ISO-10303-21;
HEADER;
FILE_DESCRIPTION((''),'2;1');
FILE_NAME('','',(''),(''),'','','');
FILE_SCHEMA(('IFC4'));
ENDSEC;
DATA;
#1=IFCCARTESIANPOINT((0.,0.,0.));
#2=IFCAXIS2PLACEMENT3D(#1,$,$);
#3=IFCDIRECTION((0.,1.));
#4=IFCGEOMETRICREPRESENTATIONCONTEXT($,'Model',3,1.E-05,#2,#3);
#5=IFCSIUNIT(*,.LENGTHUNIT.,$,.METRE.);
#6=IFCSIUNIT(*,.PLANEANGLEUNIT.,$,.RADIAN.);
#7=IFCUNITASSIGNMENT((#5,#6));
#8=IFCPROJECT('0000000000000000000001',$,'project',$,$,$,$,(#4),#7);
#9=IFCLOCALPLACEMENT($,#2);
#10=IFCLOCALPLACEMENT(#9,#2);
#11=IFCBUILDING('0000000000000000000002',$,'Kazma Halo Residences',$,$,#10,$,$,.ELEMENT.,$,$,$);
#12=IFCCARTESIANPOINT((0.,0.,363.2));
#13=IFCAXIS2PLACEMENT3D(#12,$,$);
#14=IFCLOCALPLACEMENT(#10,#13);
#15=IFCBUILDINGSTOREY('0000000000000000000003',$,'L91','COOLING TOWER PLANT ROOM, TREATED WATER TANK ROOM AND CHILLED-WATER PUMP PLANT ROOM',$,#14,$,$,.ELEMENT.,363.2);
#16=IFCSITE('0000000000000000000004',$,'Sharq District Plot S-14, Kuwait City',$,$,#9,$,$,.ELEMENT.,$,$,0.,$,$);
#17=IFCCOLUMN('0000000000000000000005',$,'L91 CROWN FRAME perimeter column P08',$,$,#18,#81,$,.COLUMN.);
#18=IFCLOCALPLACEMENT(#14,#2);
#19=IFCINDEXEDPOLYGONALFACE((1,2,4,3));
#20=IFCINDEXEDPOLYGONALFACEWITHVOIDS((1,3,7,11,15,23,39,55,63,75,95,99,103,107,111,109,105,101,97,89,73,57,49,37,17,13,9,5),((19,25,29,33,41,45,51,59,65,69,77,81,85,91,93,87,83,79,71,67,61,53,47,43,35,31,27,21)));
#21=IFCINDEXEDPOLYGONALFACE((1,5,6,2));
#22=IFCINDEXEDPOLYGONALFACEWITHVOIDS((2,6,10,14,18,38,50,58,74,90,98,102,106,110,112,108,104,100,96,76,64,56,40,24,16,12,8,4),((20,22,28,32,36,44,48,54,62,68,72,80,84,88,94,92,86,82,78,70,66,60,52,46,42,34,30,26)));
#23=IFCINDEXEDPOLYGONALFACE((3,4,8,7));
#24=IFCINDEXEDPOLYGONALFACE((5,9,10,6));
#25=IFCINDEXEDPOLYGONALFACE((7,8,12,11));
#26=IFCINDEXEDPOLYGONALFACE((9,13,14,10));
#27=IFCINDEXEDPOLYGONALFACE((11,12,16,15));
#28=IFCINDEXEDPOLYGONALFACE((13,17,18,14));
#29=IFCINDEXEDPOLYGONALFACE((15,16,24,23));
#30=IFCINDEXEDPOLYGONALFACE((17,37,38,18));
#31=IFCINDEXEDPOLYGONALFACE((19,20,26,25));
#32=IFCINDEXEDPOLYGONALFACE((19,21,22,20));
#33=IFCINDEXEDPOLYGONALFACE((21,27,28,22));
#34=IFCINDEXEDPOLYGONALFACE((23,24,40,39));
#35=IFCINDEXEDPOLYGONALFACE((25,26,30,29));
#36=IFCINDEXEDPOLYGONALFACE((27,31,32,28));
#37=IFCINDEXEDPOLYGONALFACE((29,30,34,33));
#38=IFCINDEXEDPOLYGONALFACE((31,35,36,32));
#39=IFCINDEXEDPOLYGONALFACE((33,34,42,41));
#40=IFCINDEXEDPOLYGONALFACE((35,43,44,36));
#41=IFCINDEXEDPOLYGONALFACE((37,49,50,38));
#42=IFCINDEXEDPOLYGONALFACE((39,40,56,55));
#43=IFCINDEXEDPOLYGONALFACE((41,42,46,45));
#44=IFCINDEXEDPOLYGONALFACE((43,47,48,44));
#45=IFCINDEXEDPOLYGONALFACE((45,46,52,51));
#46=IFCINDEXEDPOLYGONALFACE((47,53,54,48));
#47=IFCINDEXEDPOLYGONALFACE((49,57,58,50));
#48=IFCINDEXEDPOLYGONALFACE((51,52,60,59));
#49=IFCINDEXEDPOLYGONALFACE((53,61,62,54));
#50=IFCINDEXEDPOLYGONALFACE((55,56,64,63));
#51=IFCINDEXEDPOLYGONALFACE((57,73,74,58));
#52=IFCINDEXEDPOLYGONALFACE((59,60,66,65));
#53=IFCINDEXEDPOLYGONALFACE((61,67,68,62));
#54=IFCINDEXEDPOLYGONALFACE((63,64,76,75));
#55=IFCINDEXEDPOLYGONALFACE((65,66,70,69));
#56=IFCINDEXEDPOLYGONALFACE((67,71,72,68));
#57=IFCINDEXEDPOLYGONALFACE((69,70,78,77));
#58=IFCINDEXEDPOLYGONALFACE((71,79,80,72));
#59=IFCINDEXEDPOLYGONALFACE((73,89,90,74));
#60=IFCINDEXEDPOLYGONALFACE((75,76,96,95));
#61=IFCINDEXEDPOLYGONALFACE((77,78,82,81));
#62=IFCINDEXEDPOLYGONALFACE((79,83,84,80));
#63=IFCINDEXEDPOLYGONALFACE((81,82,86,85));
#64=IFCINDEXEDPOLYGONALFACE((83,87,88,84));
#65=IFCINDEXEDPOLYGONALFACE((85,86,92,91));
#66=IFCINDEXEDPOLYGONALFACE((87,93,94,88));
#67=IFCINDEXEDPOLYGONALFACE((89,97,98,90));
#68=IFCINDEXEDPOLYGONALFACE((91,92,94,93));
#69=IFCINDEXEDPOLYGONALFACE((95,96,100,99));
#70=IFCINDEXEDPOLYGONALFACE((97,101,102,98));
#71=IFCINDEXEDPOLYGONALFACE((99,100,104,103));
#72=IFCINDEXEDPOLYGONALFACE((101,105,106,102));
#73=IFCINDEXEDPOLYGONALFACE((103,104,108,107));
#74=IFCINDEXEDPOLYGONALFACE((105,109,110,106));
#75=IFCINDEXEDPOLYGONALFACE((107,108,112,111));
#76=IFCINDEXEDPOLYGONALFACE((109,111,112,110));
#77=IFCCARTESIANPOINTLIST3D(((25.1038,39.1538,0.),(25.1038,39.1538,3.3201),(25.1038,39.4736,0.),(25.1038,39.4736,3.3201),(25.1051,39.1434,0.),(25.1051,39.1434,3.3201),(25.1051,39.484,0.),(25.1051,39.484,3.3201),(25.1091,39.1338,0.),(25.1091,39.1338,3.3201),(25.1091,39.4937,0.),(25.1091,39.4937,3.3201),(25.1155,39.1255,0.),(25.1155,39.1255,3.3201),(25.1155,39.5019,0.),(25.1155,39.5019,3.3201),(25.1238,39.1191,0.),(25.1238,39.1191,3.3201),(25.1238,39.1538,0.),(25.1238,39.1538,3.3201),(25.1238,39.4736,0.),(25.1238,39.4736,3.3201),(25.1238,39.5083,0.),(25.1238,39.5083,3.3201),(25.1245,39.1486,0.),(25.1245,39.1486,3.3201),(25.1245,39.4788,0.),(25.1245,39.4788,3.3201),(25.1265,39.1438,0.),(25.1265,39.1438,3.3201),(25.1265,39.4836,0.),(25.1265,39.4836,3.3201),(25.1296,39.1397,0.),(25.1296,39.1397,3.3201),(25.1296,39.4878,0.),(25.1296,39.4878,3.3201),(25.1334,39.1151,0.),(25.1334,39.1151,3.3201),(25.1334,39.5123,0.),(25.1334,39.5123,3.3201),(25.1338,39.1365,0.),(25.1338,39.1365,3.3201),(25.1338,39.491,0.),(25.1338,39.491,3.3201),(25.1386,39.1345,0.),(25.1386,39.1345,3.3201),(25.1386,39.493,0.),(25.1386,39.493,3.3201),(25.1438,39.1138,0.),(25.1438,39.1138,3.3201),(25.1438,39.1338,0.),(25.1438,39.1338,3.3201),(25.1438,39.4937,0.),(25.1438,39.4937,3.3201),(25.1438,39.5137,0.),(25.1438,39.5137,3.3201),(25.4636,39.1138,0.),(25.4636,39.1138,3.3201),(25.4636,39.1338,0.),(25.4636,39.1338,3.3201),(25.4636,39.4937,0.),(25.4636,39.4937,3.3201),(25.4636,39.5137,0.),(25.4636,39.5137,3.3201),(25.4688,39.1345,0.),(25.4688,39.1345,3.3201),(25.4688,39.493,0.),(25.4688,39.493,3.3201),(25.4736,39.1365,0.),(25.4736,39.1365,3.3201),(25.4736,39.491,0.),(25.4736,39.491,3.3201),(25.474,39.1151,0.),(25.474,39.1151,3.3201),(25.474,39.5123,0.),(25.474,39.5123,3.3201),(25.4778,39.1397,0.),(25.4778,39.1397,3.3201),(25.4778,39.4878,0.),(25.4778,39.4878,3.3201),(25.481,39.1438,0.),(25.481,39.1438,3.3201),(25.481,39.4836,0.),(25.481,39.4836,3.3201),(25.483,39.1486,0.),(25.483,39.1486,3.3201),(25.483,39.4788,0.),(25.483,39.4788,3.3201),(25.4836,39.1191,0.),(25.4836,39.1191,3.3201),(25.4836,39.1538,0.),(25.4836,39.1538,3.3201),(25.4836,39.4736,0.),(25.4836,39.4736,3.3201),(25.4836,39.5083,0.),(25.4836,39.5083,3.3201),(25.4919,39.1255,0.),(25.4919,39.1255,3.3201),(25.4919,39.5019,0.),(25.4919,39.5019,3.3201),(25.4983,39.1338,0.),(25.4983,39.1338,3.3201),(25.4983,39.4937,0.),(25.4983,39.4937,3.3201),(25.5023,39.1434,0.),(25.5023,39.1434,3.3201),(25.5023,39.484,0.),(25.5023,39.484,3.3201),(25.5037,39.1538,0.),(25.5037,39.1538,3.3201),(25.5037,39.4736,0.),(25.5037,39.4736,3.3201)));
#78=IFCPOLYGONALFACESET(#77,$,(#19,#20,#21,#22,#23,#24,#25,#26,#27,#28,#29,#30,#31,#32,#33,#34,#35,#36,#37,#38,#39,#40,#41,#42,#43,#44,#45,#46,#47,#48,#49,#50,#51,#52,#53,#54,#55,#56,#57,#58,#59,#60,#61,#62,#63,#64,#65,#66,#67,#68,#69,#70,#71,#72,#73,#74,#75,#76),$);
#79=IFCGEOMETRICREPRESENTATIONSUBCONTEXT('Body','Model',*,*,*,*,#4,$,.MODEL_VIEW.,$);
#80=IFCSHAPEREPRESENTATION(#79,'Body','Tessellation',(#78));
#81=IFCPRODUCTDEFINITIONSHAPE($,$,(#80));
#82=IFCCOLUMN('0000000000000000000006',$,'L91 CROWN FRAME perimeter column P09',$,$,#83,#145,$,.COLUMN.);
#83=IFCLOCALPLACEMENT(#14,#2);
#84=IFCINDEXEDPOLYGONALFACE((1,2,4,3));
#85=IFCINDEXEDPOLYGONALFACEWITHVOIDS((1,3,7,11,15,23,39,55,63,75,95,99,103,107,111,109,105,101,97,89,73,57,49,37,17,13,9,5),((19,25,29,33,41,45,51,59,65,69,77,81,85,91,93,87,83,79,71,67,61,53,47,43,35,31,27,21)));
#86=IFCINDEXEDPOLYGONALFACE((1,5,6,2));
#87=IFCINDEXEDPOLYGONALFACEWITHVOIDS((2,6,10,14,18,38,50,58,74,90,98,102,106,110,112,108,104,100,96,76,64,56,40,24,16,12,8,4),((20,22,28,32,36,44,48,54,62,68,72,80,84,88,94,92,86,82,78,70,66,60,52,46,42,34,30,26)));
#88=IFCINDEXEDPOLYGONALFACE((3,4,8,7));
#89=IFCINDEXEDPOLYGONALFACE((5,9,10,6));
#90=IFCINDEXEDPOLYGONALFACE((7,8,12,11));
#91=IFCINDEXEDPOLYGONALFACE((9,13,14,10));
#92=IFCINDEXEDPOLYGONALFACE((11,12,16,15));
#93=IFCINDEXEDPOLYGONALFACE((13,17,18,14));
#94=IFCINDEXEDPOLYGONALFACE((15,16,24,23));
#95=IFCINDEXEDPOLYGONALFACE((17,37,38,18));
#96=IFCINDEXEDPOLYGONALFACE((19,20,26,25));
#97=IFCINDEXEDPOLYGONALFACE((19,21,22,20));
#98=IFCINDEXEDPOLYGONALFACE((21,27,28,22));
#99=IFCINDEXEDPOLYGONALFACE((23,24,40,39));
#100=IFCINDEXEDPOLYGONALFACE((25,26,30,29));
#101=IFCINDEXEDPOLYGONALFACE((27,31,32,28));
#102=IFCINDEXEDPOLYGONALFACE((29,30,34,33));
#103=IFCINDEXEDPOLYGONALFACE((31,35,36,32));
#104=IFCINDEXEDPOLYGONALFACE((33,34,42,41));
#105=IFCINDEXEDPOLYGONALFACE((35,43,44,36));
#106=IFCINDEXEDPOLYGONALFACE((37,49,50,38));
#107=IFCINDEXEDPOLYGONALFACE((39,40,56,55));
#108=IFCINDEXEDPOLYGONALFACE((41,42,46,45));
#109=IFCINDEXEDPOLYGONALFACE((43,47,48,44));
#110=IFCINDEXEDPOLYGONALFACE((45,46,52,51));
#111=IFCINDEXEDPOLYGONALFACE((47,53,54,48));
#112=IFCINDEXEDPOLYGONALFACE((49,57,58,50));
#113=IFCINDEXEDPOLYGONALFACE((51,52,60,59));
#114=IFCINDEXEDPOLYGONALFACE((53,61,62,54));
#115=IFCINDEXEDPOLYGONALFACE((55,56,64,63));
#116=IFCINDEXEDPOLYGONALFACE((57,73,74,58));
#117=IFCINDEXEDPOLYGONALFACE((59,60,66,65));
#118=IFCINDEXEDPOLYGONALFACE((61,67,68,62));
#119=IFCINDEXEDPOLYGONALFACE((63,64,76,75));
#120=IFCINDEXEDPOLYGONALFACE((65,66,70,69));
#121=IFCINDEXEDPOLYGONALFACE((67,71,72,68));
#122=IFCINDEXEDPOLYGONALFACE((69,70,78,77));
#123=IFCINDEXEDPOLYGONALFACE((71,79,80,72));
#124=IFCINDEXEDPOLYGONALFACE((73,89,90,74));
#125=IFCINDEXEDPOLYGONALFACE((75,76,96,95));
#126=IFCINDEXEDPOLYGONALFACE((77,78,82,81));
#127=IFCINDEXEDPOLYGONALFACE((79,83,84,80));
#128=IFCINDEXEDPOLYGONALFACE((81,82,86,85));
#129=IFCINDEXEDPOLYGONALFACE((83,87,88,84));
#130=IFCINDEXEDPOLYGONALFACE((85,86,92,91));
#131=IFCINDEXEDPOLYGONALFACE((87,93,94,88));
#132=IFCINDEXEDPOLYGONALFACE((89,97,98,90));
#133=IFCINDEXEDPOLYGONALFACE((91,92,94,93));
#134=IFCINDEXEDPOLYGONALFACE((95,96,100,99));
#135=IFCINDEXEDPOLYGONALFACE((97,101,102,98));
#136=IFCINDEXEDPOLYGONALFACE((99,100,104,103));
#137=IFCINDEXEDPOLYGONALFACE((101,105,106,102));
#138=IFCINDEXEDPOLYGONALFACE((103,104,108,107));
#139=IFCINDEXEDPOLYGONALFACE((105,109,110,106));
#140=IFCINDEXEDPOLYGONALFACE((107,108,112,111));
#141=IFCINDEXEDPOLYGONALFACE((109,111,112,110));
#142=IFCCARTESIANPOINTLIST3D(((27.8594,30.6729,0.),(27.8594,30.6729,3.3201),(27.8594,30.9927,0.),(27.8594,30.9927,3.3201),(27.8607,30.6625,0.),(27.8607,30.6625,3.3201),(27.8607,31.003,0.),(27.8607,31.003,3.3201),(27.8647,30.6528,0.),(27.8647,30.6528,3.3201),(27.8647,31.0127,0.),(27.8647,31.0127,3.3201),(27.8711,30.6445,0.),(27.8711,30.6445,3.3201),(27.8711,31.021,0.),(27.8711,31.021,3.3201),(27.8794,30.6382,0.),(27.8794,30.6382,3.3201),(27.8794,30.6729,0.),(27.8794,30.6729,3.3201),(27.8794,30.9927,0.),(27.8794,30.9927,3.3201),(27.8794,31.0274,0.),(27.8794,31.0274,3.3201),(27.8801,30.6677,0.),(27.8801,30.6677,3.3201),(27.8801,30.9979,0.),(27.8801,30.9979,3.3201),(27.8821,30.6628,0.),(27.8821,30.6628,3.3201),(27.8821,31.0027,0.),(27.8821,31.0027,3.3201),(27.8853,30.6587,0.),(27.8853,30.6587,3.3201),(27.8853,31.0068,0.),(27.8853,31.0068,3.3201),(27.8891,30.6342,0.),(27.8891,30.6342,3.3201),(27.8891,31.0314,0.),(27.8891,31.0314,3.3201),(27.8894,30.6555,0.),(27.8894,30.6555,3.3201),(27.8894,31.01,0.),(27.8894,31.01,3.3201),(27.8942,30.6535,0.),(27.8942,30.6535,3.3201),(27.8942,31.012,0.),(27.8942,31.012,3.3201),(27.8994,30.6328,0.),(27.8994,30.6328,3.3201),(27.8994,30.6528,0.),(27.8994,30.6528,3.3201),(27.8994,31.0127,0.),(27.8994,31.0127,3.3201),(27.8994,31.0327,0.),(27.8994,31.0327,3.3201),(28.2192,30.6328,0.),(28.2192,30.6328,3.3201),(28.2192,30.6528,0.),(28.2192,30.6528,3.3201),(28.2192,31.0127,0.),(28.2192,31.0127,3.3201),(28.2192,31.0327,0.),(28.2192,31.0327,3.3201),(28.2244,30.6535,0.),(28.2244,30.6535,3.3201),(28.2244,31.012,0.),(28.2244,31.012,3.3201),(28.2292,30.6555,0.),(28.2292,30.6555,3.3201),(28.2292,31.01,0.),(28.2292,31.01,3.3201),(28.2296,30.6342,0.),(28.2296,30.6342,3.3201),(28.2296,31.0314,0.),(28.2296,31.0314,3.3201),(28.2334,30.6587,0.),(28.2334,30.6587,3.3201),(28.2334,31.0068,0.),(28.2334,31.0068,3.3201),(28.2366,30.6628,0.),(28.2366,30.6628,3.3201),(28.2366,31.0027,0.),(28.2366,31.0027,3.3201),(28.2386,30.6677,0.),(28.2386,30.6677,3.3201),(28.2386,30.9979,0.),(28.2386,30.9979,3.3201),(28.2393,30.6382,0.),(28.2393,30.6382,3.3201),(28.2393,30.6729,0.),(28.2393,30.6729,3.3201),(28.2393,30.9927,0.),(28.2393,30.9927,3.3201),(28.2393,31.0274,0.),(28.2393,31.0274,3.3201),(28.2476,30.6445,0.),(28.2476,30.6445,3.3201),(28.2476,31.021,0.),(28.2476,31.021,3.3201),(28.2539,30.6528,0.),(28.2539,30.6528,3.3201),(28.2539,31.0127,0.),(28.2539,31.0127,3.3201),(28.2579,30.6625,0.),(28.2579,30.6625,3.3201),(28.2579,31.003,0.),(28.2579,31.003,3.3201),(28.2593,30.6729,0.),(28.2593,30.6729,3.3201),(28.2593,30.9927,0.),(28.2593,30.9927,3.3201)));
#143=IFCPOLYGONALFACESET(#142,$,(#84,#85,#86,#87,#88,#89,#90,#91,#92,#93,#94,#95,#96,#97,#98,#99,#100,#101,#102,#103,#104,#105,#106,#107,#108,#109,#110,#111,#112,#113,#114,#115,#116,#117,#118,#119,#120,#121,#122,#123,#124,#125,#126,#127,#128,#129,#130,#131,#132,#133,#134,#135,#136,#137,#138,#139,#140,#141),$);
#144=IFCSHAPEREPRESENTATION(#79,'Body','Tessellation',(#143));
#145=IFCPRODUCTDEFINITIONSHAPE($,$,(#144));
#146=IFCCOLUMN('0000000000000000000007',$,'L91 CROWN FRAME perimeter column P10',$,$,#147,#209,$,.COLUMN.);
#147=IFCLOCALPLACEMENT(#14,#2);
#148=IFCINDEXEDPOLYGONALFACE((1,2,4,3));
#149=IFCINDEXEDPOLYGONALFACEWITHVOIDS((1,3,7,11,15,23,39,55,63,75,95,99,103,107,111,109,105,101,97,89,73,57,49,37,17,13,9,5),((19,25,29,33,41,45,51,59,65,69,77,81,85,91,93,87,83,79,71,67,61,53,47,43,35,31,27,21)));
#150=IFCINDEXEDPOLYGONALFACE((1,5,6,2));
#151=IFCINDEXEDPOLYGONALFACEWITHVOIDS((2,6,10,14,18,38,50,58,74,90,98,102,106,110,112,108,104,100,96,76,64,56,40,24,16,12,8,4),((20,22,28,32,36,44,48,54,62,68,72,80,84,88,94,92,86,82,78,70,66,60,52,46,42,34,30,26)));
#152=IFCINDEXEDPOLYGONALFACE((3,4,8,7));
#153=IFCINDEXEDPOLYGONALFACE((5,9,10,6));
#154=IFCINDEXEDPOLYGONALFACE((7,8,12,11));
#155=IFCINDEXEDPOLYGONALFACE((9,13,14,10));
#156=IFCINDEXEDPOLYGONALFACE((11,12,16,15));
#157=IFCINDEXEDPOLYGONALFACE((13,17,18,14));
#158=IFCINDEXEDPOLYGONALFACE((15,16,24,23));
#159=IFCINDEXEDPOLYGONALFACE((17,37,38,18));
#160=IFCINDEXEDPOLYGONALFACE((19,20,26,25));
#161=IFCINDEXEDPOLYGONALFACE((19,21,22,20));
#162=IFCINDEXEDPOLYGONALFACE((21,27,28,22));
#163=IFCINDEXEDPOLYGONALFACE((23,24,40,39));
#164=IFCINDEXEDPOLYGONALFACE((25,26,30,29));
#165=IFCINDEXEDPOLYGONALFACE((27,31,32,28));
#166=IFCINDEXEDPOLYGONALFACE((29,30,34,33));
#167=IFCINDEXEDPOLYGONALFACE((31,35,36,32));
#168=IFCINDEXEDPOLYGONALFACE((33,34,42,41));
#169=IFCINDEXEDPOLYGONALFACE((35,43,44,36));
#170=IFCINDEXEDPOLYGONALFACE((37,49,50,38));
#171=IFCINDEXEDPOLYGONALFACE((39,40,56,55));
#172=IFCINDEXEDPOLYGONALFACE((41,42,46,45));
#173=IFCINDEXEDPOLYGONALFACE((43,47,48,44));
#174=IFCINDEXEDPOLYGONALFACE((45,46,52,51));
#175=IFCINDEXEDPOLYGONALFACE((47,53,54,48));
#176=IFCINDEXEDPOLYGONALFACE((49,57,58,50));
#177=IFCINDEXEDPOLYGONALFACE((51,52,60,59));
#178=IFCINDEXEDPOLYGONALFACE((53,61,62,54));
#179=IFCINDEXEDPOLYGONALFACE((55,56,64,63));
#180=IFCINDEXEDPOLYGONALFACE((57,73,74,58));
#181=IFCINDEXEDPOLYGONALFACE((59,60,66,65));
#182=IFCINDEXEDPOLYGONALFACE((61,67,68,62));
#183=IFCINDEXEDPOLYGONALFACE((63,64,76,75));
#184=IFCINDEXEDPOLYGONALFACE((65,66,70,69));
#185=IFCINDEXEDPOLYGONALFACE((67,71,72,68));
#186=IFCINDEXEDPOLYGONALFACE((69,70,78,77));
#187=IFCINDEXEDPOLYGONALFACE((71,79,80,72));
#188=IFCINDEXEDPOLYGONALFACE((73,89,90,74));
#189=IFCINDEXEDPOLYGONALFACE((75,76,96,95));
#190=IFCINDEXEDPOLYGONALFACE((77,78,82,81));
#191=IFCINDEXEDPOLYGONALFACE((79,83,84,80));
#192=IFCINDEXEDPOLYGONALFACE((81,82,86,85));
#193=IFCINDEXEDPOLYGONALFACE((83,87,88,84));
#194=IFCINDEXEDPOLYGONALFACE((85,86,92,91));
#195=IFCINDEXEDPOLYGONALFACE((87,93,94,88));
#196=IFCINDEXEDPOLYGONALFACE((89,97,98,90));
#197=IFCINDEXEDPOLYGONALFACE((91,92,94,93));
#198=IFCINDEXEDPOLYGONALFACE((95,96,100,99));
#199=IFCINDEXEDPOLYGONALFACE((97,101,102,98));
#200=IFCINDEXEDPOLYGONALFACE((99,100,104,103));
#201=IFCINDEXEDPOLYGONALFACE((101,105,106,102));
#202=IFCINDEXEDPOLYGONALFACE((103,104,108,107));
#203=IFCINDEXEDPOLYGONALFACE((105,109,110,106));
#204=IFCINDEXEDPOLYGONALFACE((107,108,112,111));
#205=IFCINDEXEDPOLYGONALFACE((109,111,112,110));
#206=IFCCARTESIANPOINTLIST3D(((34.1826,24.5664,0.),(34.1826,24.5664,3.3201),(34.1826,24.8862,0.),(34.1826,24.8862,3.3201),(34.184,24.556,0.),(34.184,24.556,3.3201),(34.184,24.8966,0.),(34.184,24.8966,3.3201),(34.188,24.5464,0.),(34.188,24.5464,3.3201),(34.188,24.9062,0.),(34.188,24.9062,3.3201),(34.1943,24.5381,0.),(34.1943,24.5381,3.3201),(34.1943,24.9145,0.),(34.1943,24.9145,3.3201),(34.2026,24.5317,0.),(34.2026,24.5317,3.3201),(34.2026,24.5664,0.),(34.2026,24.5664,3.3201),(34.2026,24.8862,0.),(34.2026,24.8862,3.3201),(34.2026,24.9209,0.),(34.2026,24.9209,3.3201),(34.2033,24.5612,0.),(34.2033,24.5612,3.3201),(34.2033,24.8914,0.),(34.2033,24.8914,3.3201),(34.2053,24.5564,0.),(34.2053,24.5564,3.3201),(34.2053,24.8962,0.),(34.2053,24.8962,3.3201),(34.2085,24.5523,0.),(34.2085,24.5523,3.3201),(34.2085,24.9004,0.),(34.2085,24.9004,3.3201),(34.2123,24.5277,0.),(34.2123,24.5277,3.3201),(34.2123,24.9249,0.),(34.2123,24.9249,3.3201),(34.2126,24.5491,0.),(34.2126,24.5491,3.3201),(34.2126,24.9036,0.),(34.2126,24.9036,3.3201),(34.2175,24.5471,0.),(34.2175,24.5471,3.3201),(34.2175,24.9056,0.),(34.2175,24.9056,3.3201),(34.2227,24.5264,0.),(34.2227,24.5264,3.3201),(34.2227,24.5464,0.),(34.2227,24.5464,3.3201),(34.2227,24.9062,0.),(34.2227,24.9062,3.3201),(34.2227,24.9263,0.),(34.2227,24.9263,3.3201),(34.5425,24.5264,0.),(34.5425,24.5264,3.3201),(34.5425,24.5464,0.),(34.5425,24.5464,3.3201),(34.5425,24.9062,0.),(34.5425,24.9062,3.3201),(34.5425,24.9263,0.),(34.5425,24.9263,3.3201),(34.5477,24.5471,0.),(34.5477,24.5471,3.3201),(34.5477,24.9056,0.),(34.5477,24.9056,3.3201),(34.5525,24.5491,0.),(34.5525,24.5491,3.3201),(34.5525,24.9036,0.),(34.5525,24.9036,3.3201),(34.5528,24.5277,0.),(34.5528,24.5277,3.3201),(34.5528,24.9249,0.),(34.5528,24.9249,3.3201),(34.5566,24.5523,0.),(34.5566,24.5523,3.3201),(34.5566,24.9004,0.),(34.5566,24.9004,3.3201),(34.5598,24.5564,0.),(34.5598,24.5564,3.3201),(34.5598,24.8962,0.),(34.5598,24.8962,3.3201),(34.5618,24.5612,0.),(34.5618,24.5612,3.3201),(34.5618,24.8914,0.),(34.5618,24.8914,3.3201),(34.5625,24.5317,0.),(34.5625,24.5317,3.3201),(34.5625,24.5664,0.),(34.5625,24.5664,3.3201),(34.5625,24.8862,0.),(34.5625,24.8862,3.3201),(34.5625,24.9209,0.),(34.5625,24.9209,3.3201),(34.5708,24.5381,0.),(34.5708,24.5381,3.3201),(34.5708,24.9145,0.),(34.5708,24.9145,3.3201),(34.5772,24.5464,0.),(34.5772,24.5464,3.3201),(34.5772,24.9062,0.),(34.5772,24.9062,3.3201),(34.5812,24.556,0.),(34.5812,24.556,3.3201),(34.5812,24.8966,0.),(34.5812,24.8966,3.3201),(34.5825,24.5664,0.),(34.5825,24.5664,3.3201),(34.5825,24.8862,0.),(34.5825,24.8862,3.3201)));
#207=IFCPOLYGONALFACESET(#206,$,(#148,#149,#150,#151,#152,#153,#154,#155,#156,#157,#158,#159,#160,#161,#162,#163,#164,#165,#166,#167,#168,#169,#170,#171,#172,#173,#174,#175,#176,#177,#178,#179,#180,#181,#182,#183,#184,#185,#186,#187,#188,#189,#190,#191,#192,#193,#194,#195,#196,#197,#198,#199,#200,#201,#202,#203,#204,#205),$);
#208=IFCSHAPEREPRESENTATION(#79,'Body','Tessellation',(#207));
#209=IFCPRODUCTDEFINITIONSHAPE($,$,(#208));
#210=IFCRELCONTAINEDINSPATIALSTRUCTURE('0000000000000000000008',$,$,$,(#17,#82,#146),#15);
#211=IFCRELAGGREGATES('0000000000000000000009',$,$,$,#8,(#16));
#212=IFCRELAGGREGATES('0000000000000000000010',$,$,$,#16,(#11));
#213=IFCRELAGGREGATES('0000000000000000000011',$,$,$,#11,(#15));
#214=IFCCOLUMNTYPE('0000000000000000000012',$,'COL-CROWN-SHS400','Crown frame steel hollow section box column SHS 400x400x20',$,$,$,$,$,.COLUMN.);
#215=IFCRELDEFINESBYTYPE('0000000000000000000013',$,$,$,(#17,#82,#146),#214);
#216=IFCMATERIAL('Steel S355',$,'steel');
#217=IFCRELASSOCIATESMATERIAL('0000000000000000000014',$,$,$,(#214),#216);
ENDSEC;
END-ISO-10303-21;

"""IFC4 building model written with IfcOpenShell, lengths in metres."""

from ifc_helpers import new_model, si_unit, direction, frame, origin, origin_2d, place, context, subcontext, project, spatial, hollow_rectangle, extrude, material, material_profile, profile_set, type_object, element, save


model = new_model("IFC4")

# Units and contexts
model_context = context("Model", 3, precision=1e-05, world=origin(), true_north=direction((0.0, 1.0)))
body_context = subcontext(model_context, "Body", "Model", "MODEL_VIEW")
ifc_project = project(units=[si_unit("LENGTHUNIT", "METRE"), si_unit("PLANEANGLEUNIT", "RADIAN")], contexts=[model_context])

# Site, building, storey
site_placement = place(None, origin())
site = spatial("IfcSite", under=ifc_project, at=site_placement, Name="Sharq District Plot S-14, Kuwait City", CompositionType="ELEMENT", RefElevation=0.0)
building_placement = place(site_placement, origin())
building = spatial("IfcBuilding", under=site, at=building_placement, Name="Kazma Halo Residences", CompositionType="ELEMENT")
storey_placement = place(building_placement, frame((0.0, 0.0, 363.2)))
storey = spatial("IfcBuildingStorey", under=building, at=storey_placement, Name="L91", Description="COOLING TOWER PLANT ROOM, TREATED WATER TANK ROOM AND CHILLED-WATER PUMP PLANT ROOM", CompositionType="ELEMENT", Elevation=363.2)

# Columns
ifc_material_1 = material(Name="Steel S355", Category="steel")
ifc_material_profile_1 = material_profile(ifc_material_1, hollow_rectangle(XDim=0.3999, YDim=0.3999, WallThickness=0.02, InnerFilletRadius=0.02, OuterFilletRadius=0.04, at=origin_2d()), Name="SHS400x400x20")
ifc_profile_set_1 = profile_set([ifc_material_profile_1], Name="Steel S355")
column_type = type_object("IfcColumnType", Name="COL-CROWN-SHS400", Description="Crown frame steel hollow section box column SHS 400x400x20", PredefinedType="COLUMN", material=ifc_profile_set_1)
for number, where, z_axis, x_axis, name in (
    (1, (25.3037, 39.3137, 0.0), (0.0, 0.0, 1.0), (1.0, 0.0, 0.0), "L91 CROWN FRAME perimeter column P08"),
    (2, (28.0593, 30.8328, 0.0), (0.0, 0.0, 1.0), (1.0, 0.0, 0.0), "L91 CROWN FRAME perimeter column P09"),
    (3, (34.3826, 24.7263, 0.0), (0.0, 0.0, 1.0), (1.0, 0.0, 0.0), "L91 CROWN FRAME perimeter column P10"),
):
    element("IfcColumn", number, at=place(storey_placement, frame(where, z_axis=z_axis, x_axis=x_axis)), inside=storey, type_object=column_type, Name=name, PredefinedType="COLUMN", context=body_context, shape_type="SweptSolid", body=[
        extrude(hollow_rectangle(XDim=0.3999, YDim=0.3999, WallThickness=0.02, InnerFilletRadius=0.02, OuterFilletRadius=0.04, at=origin_2d()), origin(), (0.0, 0.0, 1.0), 3.3201),
    ])

save(model, "model.ifc")
